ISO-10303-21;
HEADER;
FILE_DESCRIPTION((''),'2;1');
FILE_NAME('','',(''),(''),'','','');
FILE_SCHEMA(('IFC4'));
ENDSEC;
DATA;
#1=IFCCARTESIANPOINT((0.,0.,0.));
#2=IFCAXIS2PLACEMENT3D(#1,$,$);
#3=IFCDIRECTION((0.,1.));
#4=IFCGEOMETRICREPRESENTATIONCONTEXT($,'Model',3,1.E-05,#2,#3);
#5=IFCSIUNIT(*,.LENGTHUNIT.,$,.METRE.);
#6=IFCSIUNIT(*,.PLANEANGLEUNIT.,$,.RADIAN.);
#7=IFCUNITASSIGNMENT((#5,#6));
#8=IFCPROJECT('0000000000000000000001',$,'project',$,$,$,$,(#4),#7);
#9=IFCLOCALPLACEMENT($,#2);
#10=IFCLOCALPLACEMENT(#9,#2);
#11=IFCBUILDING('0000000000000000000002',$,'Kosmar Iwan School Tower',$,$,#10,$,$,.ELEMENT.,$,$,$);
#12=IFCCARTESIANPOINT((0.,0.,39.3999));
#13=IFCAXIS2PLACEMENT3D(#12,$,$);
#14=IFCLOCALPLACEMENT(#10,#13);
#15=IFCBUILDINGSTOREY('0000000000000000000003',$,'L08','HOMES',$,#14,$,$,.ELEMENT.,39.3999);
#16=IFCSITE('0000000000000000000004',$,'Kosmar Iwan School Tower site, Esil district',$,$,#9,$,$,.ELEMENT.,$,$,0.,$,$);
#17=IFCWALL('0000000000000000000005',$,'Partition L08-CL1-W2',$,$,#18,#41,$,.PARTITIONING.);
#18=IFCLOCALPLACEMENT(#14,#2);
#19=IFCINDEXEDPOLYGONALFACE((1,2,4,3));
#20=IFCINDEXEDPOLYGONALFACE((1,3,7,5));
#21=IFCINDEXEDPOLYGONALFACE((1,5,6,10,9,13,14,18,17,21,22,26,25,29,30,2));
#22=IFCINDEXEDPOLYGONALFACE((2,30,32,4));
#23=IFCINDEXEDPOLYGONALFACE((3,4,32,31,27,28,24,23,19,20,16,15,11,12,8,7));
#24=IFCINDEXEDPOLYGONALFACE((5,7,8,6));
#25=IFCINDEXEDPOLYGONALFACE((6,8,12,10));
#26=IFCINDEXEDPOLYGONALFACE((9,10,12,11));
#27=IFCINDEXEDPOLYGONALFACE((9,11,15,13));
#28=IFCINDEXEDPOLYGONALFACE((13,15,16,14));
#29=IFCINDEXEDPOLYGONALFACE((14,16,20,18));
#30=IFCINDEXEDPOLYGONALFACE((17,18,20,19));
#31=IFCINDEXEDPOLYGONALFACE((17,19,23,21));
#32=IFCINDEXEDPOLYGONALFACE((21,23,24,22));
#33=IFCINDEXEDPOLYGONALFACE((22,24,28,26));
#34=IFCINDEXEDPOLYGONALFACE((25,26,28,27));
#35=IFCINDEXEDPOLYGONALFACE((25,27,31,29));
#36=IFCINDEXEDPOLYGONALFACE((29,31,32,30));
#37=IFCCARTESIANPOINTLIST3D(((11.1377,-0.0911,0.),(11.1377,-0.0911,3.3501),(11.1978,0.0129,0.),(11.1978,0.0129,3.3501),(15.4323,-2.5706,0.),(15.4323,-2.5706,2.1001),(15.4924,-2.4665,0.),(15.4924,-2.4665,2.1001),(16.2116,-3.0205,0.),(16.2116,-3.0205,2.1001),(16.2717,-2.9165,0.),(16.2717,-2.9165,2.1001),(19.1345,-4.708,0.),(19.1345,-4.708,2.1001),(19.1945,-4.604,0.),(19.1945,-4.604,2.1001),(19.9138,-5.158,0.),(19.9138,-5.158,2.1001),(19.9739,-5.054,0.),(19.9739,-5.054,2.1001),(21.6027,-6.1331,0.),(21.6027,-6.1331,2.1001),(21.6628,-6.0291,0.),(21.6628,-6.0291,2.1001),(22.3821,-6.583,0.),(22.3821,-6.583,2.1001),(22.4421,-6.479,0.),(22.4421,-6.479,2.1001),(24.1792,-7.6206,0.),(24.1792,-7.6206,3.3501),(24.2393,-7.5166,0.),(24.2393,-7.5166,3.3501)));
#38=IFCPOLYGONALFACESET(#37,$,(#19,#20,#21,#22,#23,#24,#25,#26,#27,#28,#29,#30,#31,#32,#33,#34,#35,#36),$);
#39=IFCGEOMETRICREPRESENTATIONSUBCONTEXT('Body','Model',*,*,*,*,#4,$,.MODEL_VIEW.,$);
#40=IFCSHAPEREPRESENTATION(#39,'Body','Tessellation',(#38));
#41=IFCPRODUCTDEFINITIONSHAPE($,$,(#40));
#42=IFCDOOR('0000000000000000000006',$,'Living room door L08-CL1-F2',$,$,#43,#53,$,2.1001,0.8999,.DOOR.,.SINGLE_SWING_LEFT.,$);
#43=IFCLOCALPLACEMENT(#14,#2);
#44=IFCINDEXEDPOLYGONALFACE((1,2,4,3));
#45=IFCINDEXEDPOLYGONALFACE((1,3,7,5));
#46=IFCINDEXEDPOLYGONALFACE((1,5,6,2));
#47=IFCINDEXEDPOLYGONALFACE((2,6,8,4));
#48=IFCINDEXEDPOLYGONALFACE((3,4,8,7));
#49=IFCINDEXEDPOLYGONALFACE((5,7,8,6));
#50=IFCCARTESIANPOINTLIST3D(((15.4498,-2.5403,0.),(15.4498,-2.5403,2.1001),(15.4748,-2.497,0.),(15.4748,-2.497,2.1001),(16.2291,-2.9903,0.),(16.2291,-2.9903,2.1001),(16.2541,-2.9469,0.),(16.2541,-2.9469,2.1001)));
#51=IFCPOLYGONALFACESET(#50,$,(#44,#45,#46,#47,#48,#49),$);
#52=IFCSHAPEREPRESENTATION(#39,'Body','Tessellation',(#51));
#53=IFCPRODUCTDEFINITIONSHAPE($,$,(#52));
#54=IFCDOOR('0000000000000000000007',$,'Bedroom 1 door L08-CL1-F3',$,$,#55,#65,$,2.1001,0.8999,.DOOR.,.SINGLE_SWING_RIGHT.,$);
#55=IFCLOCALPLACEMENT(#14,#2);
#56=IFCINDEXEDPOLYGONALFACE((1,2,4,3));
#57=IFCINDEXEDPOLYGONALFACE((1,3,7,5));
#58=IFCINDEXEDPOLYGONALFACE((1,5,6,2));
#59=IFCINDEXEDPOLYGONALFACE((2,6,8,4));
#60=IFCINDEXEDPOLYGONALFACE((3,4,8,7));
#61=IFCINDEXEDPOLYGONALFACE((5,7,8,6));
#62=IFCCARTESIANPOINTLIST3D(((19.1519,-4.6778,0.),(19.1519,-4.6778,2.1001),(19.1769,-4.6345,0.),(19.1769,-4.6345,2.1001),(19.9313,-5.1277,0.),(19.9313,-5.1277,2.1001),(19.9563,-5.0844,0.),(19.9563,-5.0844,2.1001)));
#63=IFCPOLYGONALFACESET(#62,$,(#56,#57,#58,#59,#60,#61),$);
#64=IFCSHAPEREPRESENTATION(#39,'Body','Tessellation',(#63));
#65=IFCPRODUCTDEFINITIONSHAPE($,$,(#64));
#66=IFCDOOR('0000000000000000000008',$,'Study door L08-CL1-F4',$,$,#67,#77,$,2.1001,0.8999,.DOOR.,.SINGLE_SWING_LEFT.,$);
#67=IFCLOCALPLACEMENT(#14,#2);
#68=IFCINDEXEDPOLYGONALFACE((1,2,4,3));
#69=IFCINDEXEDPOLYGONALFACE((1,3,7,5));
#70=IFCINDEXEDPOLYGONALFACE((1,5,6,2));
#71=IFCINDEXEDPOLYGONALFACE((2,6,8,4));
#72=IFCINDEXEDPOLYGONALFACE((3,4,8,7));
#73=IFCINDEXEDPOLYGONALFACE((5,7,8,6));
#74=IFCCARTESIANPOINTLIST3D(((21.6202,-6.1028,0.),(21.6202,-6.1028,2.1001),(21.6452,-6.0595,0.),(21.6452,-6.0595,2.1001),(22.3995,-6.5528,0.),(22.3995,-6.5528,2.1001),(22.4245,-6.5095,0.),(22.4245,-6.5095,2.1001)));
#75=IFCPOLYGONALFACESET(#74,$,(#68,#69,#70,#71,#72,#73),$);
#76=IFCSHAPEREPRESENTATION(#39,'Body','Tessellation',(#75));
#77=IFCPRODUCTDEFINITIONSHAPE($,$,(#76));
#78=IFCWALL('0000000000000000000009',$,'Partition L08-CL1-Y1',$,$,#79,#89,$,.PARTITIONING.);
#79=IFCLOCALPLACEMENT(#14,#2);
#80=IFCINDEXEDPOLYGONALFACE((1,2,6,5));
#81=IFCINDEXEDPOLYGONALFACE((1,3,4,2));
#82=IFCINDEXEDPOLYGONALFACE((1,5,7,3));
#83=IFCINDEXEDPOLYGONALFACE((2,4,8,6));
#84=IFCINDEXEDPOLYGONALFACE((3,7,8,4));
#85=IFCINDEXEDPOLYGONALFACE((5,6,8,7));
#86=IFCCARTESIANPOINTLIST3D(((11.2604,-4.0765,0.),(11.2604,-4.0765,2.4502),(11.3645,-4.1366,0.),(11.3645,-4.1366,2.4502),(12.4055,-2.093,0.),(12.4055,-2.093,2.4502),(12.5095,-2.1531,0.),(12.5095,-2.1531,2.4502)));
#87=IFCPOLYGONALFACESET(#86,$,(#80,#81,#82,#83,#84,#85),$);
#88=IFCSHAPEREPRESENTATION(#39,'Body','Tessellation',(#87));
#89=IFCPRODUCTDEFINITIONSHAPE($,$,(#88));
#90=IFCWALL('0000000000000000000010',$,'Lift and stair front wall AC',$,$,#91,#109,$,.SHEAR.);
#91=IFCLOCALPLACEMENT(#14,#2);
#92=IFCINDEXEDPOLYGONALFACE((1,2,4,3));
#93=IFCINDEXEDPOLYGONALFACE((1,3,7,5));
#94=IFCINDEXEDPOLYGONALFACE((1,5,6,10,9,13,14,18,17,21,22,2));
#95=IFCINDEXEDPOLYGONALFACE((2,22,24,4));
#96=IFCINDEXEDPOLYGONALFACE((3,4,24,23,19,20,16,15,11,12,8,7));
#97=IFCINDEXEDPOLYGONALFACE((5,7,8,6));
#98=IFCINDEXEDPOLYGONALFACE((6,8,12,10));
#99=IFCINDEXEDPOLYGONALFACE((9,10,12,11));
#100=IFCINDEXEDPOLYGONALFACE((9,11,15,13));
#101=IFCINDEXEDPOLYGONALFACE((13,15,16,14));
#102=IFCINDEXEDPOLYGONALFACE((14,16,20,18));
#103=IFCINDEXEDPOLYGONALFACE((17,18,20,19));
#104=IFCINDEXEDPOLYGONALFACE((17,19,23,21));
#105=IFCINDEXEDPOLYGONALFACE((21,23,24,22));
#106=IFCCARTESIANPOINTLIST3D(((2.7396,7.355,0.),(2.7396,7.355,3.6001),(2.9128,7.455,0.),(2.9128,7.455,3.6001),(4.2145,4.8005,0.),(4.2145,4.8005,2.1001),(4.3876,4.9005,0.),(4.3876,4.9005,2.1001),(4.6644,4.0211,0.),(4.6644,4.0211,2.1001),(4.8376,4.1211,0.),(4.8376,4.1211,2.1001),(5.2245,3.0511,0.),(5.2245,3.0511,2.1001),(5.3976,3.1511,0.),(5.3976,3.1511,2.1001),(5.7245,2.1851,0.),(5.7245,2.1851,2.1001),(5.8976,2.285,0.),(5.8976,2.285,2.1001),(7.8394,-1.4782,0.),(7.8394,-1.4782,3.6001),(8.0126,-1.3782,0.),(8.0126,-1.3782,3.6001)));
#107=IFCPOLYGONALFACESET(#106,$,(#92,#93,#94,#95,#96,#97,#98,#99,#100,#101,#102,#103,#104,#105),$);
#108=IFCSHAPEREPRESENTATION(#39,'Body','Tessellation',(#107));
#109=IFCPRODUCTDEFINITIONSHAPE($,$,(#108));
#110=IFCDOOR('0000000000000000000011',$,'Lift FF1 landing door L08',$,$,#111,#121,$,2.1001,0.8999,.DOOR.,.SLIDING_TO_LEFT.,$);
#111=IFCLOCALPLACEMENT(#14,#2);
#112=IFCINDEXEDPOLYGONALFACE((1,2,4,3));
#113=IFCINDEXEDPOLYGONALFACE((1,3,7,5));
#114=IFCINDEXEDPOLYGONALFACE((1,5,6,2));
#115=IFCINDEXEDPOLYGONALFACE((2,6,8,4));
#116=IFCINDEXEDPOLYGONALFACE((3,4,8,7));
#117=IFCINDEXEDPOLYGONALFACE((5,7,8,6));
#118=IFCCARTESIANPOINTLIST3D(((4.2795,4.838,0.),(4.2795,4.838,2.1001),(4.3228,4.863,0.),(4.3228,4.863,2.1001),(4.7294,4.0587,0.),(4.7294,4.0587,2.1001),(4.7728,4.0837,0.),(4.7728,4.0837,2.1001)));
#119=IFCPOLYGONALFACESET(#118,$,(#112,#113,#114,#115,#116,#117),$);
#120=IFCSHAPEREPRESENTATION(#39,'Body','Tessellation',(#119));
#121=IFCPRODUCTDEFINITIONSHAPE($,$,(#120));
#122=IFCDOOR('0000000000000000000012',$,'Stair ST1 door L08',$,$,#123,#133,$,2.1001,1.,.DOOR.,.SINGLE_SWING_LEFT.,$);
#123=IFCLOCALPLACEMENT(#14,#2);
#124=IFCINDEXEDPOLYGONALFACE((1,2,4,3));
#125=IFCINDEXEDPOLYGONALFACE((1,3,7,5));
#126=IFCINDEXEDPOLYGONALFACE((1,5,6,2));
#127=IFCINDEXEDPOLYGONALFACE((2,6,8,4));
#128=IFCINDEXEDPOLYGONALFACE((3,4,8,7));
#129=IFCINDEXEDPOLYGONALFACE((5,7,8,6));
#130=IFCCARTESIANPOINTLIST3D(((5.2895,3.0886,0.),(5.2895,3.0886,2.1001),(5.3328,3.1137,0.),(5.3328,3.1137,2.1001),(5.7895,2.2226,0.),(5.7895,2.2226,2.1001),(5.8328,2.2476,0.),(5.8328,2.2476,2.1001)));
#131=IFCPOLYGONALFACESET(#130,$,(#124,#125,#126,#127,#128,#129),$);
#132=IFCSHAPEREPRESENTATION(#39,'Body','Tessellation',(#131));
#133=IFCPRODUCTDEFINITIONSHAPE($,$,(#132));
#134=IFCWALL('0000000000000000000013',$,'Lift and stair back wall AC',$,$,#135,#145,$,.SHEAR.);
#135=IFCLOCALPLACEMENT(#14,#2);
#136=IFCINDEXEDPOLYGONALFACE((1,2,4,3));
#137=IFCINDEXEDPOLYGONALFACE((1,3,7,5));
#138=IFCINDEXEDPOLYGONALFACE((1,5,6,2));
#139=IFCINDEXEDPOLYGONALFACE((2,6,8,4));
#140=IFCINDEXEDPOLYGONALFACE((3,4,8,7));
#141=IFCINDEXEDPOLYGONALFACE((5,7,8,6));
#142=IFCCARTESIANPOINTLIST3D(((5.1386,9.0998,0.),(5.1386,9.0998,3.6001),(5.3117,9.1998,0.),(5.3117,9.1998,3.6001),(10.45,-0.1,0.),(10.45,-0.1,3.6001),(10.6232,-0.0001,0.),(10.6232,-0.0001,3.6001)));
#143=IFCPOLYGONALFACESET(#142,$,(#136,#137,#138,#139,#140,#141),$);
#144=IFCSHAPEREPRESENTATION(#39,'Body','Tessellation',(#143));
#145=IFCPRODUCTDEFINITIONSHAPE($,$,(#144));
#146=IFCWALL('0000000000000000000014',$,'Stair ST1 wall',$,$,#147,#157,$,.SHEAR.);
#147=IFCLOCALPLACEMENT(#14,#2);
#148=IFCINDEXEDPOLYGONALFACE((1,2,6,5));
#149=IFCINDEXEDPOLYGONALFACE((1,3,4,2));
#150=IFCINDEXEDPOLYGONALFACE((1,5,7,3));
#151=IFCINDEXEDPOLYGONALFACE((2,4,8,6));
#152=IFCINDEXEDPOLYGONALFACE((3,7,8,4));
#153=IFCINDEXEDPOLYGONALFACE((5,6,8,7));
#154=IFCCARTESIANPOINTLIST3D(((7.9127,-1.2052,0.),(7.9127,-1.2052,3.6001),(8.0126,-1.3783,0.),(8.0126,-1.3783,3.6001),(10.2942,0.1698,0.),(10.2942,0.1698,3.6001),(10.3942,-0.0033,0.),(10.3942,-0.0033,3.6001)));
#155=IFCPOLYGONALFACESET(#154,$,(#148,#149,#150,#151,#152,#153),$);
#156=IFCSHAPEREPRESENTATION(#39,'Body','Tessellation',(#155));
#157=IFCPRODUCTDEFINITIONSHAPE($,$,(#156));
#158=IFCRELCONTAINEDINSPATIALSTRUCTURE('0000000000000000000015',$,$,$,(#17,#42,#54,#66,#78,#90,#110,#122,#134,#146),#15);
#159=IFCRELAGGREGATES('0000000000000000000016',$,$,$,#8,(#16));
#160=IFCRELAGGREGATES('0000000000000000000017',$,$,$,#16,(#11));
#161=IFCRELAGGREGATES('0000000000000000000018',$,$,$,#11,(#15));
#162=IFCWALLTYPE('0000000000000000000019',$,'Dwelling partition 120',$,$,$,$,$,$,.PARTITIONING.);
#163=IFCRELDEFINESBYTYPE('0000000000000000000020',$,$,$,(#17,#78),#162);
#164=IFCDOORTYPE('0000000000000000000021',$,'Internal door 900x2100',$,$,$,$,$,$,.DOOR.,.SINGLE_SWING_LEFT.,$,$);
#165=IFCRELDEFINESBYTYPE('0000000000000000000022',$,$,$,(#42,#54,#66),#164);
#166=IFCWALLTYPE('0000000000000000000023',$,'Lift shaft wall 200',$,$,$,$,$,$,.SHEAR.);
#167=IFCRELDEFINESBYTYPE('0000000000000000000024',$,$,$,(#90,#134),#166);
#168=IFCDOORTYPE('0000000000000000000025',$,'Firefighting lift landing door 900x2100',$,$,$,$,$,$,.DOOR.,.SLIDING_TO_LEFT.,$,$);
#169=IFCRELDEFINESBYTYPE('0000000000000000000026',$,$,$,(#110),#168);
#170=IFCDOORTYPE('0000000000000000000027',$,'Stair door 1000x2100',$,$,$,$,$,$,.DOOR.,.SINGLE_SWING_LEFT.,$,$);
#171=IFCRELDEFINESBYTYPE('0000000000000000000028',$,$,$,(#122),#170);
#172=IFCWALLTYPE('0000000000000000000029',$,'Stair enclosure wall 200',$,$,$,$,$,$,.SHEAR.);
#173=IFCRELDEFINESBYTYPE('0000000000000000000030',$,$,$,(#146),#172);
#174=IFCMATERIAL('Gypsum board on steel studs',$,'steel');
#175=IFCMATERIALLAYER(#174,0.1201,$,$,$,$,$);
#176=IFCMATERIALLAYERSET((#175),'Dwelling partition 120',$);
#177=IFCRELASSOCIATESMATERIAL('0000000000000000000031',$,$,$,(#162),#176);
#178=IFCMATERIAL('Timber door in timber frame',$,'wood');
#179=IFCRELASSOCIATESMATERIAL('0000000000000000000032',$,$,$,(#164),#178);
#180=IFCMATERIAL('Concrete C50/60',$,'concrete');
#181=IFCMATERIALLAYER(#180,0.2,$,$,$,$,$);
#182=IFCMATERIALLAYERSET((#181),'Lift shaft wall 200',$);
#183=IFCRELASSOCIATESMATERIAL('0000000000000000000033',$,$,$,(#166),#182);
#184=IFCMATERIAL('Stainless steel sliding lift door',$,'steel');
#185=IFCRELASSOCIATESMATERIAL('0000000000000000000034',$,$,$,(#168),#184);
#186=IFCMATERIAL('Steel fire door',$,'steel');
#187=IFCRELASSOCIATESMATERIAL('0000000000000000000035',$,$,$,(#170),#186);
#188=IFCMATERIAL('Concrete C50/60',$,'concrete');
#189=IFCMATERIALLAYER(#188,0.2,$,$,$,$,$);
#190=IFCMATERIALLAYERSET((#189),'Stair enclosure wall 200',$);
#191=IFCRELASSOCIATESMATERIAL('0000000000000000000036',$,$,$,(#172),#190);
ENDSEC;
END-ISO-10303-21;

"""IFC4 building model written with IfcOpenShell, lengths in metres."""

from ifc_helpers import new_model, si_unit, direction, frame, frame_2d, origin, place, context, subcontext, project, spatial, rectangle, extrude, material, layer, layer_set, type_object, element, fill, save


model = new_model("IFC4")

# Units and contexts
model_context = context("Model", 3, precision=1e-05, world=origin(), true_north=direction((0.0, 1.0)))
body_context = subcontext(model_context, "Body", "Model", "MODEL_VIEW")
ifc_project = project(units=[si_unit("LENGTHUNIT", "METRE"), si_unit("PLANEANGLEUNIT", "RADIAN")], contexts=[model_context])

# Site, building, storey
site_placement = place(None, origin())
site = spatial("IfcSite", under=ifc_project, at=site_placement, Name="Kosmar Iwan School Tower site, Esil district", CompositionType="ELEMENT", RefElevation=0.0)
building_placement = place(site_placement, origin())
building = spatial("IfcBuilding", under=site, at=building_placement, Name="Kosmar Iwan School Tower", CompositionType="ELEMENT")
storey_placement = place(building_placement, frame((0.0, 0.0, 39.3999)))
storey = spatial("IfcBuildingStorey", under=building, at=storey_placement, Name="L08", Description="HOMES", CompositionType="ELEMENT", Elevation=39.3999)

# Wall, openings, doors
ifc_material_1 = material(Name="Gypsum board on steel studs", Category="steel")
ifc_layer_1 = layer(ifc_material_1, 0.1201)
ifc_layer_set_1 = layer_set([ifc_layer_1], Name="Dwelling partition 120")
wall_type_1 = type_object("IfcWallType", Name="Dwelling partition 120", PredefinedType="PARTITIONING", material=ifc_layer_set_1)
ifc_material_2 = material(Name="Timber door in timber frame", Category="wood")
door_type_1 = type_object("IfcDoorType", Name="Internal door 900x2100", OperationType="SINGLE_SWING_LEFT", PredefinedType="DOOR", material=ifc_material_2)
wall_1_placement = place(storey_placement, frame((11.1677, -0.0391, 0.0), z_axis=(0.0, 0.0, 1.0), x_axis=(0.866025, -0.500001, 0.0)))
wall_1 = element("IfcWall", 1, at=wall_1_placement, inside=storey, type_object=wall_type_1, Name="Partition L08-CL1-W2", PredefinedType="PARTITIONING", context=body_context, shape_type="SweptSolid", body=[
    extrude(rectangle(XDim=15.0591, YDim=0.1201, at=frame_2d((7.5295, 0.0))), origin(), (0.0, 0.0, 1.0), 3.3501),
])
opening_1_placement = place(wall_1_placement, frame((4.959, 0.0, 0.0)))
opening_1 = element("IfcOpeningElement", 2, at=opening_1_placement, cuts=wall_1, PredefinedType="OPENING", context=body_context, shape_type="SweptSolid", body=[
    extrude(rectangle(XDim=0.8999, YDim=2.1001, at=frame_2d((0.45, 1.05))), frame((0.0, 0.072, 0.0), z_axis=(0.0, -1.0, 0.0), x_axis=(1.0, 0.0, 0.0)), (0.0, 0.0, 1.0), 0.144),
])
opening_2_placement = place(wall_1_placement, frame((9.2339, 0.0, 0.0)))
opening_2 = element("IfcOpeningElement", 3, at=opening_2_placement, cuts=wall_1, PredefinedType="OPENING", context=body_context, shape_type="SweptSolid", body=[
    extrude(rectangle(XDim=0.8999, YDim=2.1001, at=frame_2d((0.45, 1.05))), frame((0.0, 0.072, 0.0), z_axis=(0.0, -1.0, 0.0), x_axis=(1.0, 0.0, 0.0)), (0.0, 0.0, 1.0), 0.144),
])
opening_3_placement = place(wall_1_placement, frame((12.084, 0.0, 0.0)))
opening_3 = element("IfcOpeningElement", 4, at=opening_3_placement, cuts=wall_1, PredefinedType="OPENING", context=body_context, shape_type="SweptSolid", body=[
    extrude(rectangle(XDim=0.8999, YDim=2.1001, at=frame_2d((0.45, 1.05))), frame((0.0, 0.072, 0.0), z_axis=(0.0, -1.0, 0.0), x_axis=(1.0, 0.0, 0.0)), (0.0, 0.0, 1.0), 0.144),
])
door_1_placement = place(opening_1_placement, origin())
door_1 = element("IfcDoor", 5, at=door_1_placement, inside=storey, type_object=door_type_1, Name="Living room door L08-CL1-F2", OperationType="SINGLE_SWING_LEFT", OverallHeight=2.1001, OverallWidth=0.8999, PredefinedType="DOOR", context=body_context, shape_type="SweptSolid", body=[
    extrude(rectangle(XDim=0.8999, YDim=2.1001, at=frame_2d((0.45, 1.05))), frame((0.0, 0.0249, 0.0), z_axis=(0.0, -1.0, 0.0), x_axis=(1.0, 0.0, 0.0)), (0.0, 0.0, 1.0), 0.05),
])
fill(opening_1, door_1)
door_2_placement = place(opening_2_placement, origin())
door_2 = element("IfcDoor", 6, at=door_2_placement, inside=storey, type_object=door_type_1, Name="Bedroom 1 door L08-CL1-F3", OperationType="SINGLE_SWING_RIGHT", OverallHeight=2.1001, OverallWidth=0.8999, PredefinedType="DOOR", context=body_context, shape_type="SweptSolid", body=[
    extrude(rectangle(XDim=0.8999, YDim=2.1001, at=frame_2d((0.45, 1.05))), frame((0.0, 0.0249, 0.0), z_axis=(0.0, -1.0, 0.0), x_axis=(1.0, 0.0, 0.0)), (0.0, 0.0, 1.0), 0.05),
])
fill(opening_2, door_2)
door_3_placement = place(opening_3_placement, origin())
door_3 = element("IfcDoor", 7, at=door_3_placement, inside=storey, type_object=door_type_1, Name="Study door L08-CL1-F4", OperationType="SINGLE_SWING_LEFT", OverallHeight=2.1001, OverallWidth=0.8999, PredefinedType="DOOR", context=body_context, shape_type="SweptSolid", body=[
    extrude(rectangle(XDim=0.8999, YDim=2.1001, at=frame_2d((0.45, 1.05))), frame((0.0, 0.0249, 0.0), z_axis=(0.0, -1.0, 0.0), x_axis=(1.0, 0.0, 0.0)), (0.0, 0.0, 1.0), 0.05),
])
fill(opening_3, door_3)

# Wall
wall_2_placement = place(storey_placement, frame((11.3125, -4.1064, 0.0), z_axis=(0.0, 0.0, 1.0), x_axis=(0.499969, 0.866044, 0.0)))
element("IfcWall", 8, at=wall_2_placement, inside=storey, type_object=wall_type_1, Name="Partition L08-CL1-Y1", PredefinedType="PARTITIONING", context=body_context, shape_type="SweptSolid", body=[
    extrude(rectangle(XDim=2.2903, YDim=0.1201, at=frame_2d((1.145, 0.0))), origin(), (0.0, 0.0, 1.0), 2.4502),
])

# Wall, openings, doors
ifc_material_3 = material(Name="Concrete C50/60", Category="concrete")
ifc_layer_2 = layer(ifc_material_3, 0.2)
ifc_layer_set_2 = layer_set([ifc_layer_2], Name="Lift shaft wall 200")
wall_type_2 = type_object("IfcWallType", Name="Lift shaft wall 200", PredefinedType="SHEAR", material=ifc_layer_set_2)
wall_3_placement = place(storey_placement, frame((7.926, -1.4282, 0.0), z_axis=(0.0, 0.0, 1.0), x_axis=(-0.499998, 0.866027, 0.0)))
wall_3 = element("IfcWall", 9, at=wall_3_placement, inside=storey, type_object=wall_type_2, Name="Lift and stair front wall AC", PredefinedType="SHEAR", context=body_context, shape_type="SweptSolid", body=[
    extrude(rectangle(XDim=10.1997, YDim=0.2, at=frame_2d((5.0999, 0.0))), origin(), (0.0, 0.0, 1.0), 3.6001),
])
opening_4_placement = place(wall_3_placement, frame((6.3501, 0.0, 0.0)))
opening_4 = element("IfcOpeningElement", 10, at=opening_4_placement, cuts=wall_3, PredefinedType="OPENING", context=body_context, shape_type="SweptSolid", body=[
    extrude(rectangle(XDim=0.8999, YDim=2.1001, at=frame_2d((0.45, 1.05))), frame((0.0, 0.1121, 0.0), z_axis=(0.0, -1.0, 0.0), x_axis=(1.0, 0.0, 0.0)), (0.0, 0.0, 1.0), 0.2239),
])
opening_5_placement = place(wall_3_placement, frame((4.23, 0.0, 0.0)))
opening_5 = element("IfcOpeningElement", 11, at=opening_5_placement, cuts=wall_3, PredefinedType="OPENING", context=body_context, shape_type="SweptSolid", body=[
    extrude(rectangle(XDim=1.0, YDim=2.1001, at=frame_2d((0.5, 1.05))), frame((0.0, 0.1121, 0.0), z_axis=(0.0, -1.0, 0.0), x_axis=(1.0, 0.0, 0.0)), (0.0, 0.0, 1.0), 0.2239),
])
ifc_material_4 = material(Name="Stainless steel sliding lift door", Category="steel")
door_type_2 = type_object("IfcDoorType", Name="Firefighting lift landing door 900x2100", OperationType="SLIDING_TO_LEFT", PredefinedType="DOOR", material=ifc_material_4)
door_4_placement = place(opening_4_placement, origin())
door_4 = element("IfcDoor", 12, at=door_4_placement, inside=storey, type_object=door_type_2, Name="Lift FF1 landing door L08", OperationType="SLIDING_TO_LEFT", OverallHeight=2.1001, OverallWidth=0.8999, PredefinedType="DOOR", context=body_context, shape_type="SweptSolid", body=[
    extrude(rectangle(XDim=0.8999, YDim=2.1001, at=frame_2d((0.45, 1.05))), frame((0.0, 0.0249, 0.0), z_axis=(0.0, -1.0, 0.0), x_axis=(1.0, 0.0, 0.0)), (0.0, 0.0, 1.0), 0.05),
])
fill(opening_4, door_4)
ifc_material_5 = material(Name="Steel fire door", Category="steel")
door_type_3 = type_object("IfcDoorType", Name="Stair door 1000x2100", OperationType="SINGLE_SWING_LEFT", PredefinedType="DOOR", material=ifc_material_5)
door_5_placement = place(opening_5_placement, origin())
door_5 = element("IfcDoor", 13, at=door_5_placement, inside=storey, type_object=door_type_3, Name="Stair ST1 door L08", OperationType="SINGLE_SWING_LEFT", OverallHeight=2.1001, OverallWidth=1.0, PredefinedType="DOOR", context=body_context, shape_type="SweptSolid", body=[
    extrude(rectangle(XDim=1.0, YDim=2.1001, at=frame_2d((0.5, 1.05))), frame((0.0, 0.0249, 0.0), z_axis=(0.0, -1.0, 0.0), x_axis=(1.0, 0.0, 0.0)), (0.0, 0.0, 1.0), 0.05),
])
fill(opening_5, door_5)

# Walls
wall_4_placement = place(storey_placement, frame((10.5366, -0.05, 0.0), z_axis=(0.0, 0.0, 1.0), x_axis=(-0.499995, 0.866028, 0.0)))
element("IfcWall", 14, at=wall_4_placement, inside=storey, type_object=wall_type_2, Name="Lift and stair back wall AC", PredefinedType="SHEAR", context=body_context, shape_type="SweptSolid", body=[
    extrude(rectangle(XDim=10.623, YDim=0.2, at=frame_2d((5.3115, 0.0))), origin(), (0.0, 0.0, 1.0), 3.6001),
])
ifc_material_6 = material(Name="Concrete C50/60", Category="concrete")
ifc_layer_3 = layer(ifc_material_6, 0.2)
ifc_layer_set_3 = layer_set([ifc_layer_3], Name="Stair enclosure wall 200")
wall_type_3 = type_object("IfcWallType", Name="Stair enclosure wall 200", PredefinedType="SHEAR", material=ifc_layer_set_3)
wall_5_placement = place(storey_placement, frame((7.9626, -1.2917, 0.0), z_axis=(0.0, 0.0, 1.0), x_axis=(0.866027, 0.499997, 0.0)))
element("IfcWall", 15, at=wall_5_placement, inside=storey, type_object=wall_type_3, Name="Stair ST1 wall", PredefinedType="SHEAR", context=body_context, shape_type="SweptSolid", body=[
    extrude(rectangle(XDim=2.75, YDim=0.2, at=frame_2d((1.375, 0.0))), origin(), (0.0, 0.0, 1.0), 3.6001),
])

save(model, "model.ifc")
